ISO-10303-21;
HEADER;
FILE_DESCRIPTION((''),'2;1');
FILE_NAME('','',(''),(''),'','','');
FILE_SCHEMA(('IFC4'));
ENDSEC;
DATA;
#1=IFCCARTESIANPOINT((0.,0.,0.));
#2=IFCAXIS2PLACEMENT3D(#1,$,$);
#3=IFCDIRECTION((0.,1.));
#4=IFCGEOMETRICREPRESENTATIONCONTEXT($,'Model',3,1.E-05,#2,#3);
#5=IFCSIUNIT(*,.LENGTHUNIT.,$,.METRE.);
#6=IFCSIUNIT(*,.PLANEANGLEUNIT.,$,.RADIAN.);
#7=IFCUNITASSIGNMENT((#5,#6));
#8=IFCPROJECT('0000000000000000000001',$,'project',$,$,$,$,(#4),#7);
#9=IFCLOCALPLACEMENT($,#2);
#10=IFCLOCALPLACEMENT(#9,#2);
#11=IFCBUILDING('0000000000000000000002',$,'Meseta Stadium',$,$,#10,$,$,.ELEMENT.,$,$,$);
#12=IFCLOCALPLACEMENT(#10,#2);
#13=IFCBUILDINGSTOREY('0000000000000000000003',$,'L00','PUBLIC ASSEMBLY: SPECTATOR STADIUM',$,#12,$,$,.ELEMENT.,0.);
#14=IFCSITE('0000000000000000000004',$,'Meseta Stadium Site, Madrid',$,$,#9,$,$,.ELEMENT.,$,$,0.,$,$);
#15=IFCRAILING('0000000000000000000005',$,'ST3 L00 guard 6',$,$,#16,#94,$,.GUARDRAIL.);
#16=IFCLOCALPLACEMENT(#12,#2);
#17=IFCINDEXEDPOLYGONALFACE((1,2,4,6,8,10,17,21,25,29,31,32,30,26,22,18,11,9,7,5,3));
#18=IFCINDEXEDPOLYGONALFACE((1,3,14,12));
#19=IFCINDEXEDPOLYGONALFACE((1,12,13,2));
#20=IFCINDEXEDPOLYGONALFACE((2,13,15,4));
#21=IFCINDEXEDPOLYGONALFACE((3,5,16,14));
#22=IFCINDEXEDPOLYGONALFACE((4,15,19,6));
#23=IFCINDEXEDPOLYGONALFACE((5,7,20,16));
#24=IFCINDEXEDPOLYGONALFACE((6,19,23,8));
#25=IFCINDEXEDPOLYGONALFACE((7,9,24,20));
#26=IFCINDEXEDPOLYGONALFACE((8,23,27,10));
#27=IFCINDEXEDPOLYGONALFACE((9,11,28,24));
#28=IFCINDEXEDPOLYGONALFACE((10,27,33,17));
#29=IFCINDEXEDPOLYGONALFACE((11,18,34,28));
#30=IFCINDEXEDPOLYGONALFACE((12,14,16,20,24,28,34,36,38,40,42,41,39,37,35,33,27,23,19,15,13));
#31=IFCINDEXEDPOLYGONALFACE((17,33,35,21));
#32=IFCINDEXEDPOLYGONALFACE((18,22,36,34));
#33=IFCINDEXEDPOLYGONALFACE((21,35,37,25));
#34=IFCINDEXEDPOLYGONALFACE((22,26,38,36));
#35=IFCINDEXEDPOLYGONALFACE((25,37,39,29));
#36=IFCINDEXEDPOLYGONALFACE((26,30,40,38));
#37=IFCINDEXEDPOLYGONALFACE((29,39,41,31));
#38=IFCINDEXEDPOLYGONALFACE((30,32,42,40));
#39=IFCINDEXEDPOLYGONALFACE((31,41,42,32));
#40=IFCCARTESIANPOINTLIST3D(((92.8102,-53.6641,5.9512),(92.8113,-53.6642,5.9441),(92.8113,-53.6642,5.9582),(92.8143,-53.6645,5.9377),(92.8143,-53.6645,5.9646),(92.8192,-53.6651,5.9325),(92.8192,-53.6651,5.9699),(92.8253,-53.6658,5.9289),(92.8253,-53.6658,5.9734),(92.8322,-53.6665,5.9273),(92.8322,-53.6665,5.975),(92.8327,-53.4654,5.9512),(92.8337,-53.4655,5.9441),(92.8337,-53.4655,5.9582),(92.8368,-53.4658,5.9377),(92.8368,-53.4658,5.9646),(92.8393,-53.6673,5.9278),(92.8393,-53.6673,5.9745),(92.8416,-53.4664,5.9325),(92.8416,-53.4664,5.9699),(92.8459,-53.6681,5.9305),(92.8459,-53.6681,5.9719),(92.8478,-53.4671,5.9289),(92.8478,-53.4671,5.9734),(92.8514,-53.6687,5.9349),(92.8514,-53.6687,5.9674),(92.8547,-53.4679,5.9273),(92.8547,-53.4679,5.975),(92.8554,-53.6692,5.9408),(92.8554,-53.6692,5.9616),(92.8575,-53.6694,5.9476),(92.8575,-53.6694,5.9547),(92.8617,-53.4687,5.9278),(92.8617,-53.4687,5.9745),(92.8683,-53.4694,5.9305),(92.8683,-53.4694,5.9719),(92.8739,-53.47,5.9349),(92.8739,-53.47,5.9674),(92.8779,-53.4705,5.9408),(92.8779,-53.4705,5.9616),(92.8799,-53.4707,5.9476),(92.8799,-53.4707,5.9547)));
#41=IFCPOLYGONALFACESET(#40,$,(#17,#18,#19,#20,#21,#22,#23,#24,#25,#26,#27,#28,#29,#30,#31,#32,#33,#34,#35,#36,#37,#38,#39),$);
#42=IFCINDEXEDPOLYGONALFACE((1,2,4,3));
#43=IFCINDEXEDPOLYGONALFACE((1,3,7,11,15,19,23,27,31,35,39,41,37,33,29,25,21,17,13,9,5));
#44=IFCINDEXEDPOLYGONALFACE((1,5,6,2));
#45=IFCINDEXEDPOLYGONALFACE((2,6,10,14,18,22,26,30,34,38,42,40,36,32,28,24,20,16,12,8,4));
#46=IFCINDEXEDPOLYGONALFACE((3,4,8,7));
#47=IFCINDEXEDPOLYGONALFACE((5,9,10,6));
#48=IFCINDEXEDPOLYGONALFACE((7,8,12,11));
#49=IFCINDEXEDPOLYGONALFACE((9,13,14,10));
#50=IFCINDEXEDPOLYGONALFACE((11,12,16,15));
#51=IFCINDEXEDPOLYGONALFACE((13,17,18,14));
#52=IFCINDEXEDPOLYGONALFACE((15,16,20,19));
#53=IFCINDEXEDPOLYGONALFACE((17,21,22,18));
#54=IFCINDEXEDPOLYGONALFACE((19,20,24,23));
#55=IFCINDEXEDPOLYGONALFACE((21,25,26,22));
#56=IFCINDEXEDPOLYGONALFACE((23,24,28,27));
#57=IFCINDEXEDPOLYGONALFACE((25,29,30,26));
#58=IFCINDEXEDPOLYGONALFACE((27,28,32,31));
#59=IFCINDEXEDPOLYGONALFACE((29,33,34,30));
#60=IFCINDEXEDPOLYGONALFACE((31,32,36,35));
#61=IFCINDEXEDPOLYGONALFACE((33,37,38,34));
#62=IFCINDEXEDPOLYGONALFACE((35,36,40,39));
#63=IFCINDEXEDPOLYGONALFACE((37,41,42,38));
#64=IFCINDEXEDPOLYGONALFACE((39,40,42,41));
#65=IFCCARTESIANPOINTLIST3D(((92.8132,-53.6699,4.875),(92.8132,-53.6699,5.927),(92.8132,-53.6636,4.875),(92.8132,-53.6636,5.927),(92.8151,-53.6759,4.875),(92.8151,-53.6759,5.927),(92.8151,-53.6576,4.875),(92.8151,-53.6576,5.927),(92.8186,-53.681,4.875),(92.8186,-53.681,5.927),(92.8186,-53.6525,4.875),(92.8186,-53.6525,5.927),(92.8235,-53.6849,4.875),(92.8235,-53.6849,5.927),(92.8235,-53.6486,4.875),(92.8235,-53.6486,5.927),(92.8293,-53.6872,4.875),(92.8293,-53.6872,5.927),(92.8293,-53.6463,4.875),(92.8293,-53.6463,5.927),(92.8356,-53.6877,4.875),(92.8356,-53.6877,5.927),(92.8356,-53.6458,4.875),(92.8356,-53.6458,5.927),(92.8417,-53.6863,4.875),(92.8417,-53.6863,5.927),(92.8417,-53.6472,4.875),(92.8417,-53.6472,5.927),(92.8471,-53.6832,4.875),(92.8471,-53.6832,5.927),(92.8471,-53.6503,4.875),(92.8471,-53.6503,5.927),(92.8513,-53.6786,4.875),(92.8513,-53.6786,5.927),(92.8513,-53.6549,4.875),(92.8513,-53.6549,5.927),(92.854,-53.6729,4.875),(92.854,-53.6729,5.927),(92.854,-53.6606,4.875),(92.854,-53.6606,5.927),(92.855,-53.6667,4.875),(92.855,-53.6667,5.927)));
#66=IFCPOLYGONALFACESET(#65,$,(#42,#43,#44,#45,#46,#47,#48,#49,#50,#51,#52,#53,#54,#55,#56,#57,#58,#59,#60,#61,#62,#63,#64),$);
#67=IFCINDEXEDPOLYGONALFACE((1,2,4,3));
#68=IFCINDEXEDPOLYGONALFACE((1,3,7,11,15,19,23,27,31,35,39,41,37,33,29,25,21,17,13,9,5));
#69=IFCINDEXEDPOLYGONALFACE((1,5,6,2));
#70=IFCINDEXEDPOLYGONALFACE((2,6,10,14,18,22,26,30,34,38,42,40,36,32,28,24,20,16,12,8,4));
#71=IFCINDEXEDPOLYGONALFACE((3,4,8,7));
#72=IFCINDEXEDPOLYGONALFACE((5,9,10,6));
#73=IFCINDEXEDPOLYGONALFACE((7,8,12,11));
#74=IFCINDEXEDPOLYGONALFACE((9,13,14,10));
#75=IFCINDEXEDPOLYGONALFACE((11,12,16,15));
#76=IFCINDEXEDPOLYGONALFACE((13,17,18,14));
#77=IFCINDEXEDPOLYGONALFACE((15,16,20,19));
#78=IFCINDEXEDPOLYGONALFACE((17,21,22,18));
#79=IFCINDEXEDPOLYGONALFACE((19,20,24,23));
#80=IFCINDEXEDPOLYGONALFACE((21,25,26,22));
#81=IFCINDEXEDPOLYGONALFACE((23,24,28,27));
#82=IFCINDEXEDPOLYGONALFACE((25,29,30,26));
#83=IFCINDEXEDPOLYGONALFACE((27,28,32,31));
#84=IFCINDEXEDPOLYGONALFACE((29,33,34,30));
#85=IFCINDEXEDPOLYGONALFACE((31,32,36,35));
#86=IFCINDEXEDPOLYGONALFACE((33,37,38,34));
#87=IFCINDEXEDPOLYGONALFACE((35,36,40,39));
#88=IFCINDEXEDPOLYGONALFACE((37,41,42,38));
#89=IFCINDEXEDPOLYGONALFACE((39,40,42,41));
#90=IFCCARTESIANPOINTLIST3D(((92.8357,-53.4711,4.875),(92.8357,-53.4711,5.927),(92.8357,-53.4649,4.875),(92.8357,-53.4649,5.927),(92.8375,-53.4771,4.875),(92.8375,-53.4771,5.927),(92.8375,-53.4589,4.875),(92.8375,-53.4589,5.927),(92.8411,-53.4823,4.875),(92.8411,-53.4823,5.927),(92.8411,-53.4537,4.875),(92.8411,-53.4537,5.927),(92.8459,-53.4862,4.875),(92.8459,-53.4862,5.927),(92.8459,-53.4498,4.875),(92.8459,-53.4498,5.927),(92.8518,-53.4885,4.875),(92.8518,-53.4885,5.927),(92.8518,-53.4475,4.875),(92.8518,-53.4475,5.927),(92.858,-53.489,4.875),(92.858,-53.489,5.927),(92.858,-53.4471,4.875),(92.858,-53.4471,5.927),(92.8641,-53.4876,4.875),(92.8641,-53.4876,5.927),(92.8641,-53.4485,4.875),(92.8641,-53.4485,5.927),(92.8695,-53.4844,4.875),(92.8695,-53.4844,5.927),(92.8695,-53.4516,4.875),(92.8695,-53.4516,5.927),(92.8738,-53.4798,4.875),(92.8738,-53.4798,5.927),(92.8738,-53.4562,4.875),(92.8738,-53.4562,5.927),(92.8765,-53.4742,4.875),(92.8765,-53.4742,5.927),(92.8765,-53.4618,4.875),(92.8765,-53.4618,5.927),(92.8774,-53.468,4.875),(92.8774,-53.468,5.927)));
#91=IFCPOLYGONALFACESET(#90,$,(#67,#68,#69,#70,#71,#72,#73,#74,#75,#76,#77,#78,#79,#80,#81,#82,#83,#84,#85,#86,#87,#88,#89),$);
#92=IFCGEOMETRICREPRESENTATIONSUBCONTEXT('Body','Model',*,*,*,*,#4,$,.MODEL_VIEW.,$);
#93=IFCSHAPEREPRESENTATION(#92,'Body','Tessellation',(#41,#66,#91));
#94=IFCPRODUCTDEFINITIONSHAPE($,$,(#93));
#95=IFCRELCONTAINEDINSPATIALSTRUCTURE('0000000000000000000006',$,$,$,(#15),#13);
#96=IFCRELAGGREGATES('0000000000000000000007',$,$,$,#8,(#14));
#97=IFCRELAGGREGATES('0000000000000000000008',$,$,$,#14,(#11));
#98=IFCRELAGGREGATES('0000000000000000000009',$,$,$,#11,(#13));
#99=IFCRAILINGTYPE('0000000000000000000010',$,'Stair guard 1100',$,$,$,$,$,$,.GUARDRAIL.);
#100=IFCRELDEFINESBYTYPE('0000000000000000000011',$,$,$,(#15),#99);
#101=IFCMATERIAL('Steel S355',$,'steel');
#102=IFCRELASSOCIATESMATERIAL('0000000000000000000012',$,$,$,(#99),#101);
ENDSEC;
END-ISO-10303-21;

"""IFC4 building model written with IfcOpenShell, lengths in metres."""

from ifc_helpers import new_model, si_unit, direction, frame, origin, origin_2d, place, context, subcontext, project, spatial, circle, extrude, material, type_object, element, save


model = new_model("IFC4")

# Units and contexts
model_context = context("Model", 3, precision=1e-05, world=origin(), true_north=direction((0.0, 1.0)))
body_context = subcontext(model_context, "Body", "Model", "MODEL_VIEW")
ifc_project = project(units=[si_unit("LENGTHUNIT", "METRE"), si_unit("PLANEANGLEUNIT", "RADIAN")], contexts=[model_context])

# Site, building, storey
site_placement = place(None, origin())
site = spatial("IfcSite", under=ifc_project, at=site_placement, Name="Meseta Stadium Site, Madrid", CompositionType="ELEMENT", RefElevation=0.0)
building_placement = place(site_placement, origin())
building = spatial("IfcBuilding", under=site, at=building_placement, Name="Meseta Stadium", CompositionType="ELEMENT")
storey_placement = place(building_placement, origin())
storey = spatial("IfcBuildingStorey", under=building, at=storey_placement, Name="L00", Description="PUBLIC ASSEMBLY: SPECTATOR STADIUM", CompositionType="ELEMENT", Elevation=0.0)

# Railing
ifc_material_1 = material(Name="Steel S355", Category="steel")
railing_type_1 = type_object("IfcRailingType", Name="Stair guard 1100", PredefinedType="GUARDRAIL", material=ifc_material_1)
railing_1_placement = place(storey_placement, frame((92.834, -53.6667, 4.875)))
element("IfcRailing", 1, at=railing_1_placement, inside=storey, type_object=railing_type_1, Name="ST3 L00 guard 6", PredefinedType="GUARDRAIL", context=body_context, shape_type="SweptSolid", body=[
    extrude(circle(Radius=0.0239, at=origin_2d()), frame((0.0, 0.0, 1.0762), z_axis=(0.112307, 0.993674, 0.0), x_axis=(-0.993674, 0.112307, 0.0)), (0.0, 0.0, 1.0), 0.2),
    extrude(circle(Radius=0.021, at=origin_2d()), origin(), (0.0, 0.0, 1.0), 1.052),
    extrude(circle(Radius=0.021, at=origin_2d()), frame((0.0225, 0.1987, 0.0)), (0.0, 0.0, 1.0), 1.052),
])

save(model, "model.ifc")
